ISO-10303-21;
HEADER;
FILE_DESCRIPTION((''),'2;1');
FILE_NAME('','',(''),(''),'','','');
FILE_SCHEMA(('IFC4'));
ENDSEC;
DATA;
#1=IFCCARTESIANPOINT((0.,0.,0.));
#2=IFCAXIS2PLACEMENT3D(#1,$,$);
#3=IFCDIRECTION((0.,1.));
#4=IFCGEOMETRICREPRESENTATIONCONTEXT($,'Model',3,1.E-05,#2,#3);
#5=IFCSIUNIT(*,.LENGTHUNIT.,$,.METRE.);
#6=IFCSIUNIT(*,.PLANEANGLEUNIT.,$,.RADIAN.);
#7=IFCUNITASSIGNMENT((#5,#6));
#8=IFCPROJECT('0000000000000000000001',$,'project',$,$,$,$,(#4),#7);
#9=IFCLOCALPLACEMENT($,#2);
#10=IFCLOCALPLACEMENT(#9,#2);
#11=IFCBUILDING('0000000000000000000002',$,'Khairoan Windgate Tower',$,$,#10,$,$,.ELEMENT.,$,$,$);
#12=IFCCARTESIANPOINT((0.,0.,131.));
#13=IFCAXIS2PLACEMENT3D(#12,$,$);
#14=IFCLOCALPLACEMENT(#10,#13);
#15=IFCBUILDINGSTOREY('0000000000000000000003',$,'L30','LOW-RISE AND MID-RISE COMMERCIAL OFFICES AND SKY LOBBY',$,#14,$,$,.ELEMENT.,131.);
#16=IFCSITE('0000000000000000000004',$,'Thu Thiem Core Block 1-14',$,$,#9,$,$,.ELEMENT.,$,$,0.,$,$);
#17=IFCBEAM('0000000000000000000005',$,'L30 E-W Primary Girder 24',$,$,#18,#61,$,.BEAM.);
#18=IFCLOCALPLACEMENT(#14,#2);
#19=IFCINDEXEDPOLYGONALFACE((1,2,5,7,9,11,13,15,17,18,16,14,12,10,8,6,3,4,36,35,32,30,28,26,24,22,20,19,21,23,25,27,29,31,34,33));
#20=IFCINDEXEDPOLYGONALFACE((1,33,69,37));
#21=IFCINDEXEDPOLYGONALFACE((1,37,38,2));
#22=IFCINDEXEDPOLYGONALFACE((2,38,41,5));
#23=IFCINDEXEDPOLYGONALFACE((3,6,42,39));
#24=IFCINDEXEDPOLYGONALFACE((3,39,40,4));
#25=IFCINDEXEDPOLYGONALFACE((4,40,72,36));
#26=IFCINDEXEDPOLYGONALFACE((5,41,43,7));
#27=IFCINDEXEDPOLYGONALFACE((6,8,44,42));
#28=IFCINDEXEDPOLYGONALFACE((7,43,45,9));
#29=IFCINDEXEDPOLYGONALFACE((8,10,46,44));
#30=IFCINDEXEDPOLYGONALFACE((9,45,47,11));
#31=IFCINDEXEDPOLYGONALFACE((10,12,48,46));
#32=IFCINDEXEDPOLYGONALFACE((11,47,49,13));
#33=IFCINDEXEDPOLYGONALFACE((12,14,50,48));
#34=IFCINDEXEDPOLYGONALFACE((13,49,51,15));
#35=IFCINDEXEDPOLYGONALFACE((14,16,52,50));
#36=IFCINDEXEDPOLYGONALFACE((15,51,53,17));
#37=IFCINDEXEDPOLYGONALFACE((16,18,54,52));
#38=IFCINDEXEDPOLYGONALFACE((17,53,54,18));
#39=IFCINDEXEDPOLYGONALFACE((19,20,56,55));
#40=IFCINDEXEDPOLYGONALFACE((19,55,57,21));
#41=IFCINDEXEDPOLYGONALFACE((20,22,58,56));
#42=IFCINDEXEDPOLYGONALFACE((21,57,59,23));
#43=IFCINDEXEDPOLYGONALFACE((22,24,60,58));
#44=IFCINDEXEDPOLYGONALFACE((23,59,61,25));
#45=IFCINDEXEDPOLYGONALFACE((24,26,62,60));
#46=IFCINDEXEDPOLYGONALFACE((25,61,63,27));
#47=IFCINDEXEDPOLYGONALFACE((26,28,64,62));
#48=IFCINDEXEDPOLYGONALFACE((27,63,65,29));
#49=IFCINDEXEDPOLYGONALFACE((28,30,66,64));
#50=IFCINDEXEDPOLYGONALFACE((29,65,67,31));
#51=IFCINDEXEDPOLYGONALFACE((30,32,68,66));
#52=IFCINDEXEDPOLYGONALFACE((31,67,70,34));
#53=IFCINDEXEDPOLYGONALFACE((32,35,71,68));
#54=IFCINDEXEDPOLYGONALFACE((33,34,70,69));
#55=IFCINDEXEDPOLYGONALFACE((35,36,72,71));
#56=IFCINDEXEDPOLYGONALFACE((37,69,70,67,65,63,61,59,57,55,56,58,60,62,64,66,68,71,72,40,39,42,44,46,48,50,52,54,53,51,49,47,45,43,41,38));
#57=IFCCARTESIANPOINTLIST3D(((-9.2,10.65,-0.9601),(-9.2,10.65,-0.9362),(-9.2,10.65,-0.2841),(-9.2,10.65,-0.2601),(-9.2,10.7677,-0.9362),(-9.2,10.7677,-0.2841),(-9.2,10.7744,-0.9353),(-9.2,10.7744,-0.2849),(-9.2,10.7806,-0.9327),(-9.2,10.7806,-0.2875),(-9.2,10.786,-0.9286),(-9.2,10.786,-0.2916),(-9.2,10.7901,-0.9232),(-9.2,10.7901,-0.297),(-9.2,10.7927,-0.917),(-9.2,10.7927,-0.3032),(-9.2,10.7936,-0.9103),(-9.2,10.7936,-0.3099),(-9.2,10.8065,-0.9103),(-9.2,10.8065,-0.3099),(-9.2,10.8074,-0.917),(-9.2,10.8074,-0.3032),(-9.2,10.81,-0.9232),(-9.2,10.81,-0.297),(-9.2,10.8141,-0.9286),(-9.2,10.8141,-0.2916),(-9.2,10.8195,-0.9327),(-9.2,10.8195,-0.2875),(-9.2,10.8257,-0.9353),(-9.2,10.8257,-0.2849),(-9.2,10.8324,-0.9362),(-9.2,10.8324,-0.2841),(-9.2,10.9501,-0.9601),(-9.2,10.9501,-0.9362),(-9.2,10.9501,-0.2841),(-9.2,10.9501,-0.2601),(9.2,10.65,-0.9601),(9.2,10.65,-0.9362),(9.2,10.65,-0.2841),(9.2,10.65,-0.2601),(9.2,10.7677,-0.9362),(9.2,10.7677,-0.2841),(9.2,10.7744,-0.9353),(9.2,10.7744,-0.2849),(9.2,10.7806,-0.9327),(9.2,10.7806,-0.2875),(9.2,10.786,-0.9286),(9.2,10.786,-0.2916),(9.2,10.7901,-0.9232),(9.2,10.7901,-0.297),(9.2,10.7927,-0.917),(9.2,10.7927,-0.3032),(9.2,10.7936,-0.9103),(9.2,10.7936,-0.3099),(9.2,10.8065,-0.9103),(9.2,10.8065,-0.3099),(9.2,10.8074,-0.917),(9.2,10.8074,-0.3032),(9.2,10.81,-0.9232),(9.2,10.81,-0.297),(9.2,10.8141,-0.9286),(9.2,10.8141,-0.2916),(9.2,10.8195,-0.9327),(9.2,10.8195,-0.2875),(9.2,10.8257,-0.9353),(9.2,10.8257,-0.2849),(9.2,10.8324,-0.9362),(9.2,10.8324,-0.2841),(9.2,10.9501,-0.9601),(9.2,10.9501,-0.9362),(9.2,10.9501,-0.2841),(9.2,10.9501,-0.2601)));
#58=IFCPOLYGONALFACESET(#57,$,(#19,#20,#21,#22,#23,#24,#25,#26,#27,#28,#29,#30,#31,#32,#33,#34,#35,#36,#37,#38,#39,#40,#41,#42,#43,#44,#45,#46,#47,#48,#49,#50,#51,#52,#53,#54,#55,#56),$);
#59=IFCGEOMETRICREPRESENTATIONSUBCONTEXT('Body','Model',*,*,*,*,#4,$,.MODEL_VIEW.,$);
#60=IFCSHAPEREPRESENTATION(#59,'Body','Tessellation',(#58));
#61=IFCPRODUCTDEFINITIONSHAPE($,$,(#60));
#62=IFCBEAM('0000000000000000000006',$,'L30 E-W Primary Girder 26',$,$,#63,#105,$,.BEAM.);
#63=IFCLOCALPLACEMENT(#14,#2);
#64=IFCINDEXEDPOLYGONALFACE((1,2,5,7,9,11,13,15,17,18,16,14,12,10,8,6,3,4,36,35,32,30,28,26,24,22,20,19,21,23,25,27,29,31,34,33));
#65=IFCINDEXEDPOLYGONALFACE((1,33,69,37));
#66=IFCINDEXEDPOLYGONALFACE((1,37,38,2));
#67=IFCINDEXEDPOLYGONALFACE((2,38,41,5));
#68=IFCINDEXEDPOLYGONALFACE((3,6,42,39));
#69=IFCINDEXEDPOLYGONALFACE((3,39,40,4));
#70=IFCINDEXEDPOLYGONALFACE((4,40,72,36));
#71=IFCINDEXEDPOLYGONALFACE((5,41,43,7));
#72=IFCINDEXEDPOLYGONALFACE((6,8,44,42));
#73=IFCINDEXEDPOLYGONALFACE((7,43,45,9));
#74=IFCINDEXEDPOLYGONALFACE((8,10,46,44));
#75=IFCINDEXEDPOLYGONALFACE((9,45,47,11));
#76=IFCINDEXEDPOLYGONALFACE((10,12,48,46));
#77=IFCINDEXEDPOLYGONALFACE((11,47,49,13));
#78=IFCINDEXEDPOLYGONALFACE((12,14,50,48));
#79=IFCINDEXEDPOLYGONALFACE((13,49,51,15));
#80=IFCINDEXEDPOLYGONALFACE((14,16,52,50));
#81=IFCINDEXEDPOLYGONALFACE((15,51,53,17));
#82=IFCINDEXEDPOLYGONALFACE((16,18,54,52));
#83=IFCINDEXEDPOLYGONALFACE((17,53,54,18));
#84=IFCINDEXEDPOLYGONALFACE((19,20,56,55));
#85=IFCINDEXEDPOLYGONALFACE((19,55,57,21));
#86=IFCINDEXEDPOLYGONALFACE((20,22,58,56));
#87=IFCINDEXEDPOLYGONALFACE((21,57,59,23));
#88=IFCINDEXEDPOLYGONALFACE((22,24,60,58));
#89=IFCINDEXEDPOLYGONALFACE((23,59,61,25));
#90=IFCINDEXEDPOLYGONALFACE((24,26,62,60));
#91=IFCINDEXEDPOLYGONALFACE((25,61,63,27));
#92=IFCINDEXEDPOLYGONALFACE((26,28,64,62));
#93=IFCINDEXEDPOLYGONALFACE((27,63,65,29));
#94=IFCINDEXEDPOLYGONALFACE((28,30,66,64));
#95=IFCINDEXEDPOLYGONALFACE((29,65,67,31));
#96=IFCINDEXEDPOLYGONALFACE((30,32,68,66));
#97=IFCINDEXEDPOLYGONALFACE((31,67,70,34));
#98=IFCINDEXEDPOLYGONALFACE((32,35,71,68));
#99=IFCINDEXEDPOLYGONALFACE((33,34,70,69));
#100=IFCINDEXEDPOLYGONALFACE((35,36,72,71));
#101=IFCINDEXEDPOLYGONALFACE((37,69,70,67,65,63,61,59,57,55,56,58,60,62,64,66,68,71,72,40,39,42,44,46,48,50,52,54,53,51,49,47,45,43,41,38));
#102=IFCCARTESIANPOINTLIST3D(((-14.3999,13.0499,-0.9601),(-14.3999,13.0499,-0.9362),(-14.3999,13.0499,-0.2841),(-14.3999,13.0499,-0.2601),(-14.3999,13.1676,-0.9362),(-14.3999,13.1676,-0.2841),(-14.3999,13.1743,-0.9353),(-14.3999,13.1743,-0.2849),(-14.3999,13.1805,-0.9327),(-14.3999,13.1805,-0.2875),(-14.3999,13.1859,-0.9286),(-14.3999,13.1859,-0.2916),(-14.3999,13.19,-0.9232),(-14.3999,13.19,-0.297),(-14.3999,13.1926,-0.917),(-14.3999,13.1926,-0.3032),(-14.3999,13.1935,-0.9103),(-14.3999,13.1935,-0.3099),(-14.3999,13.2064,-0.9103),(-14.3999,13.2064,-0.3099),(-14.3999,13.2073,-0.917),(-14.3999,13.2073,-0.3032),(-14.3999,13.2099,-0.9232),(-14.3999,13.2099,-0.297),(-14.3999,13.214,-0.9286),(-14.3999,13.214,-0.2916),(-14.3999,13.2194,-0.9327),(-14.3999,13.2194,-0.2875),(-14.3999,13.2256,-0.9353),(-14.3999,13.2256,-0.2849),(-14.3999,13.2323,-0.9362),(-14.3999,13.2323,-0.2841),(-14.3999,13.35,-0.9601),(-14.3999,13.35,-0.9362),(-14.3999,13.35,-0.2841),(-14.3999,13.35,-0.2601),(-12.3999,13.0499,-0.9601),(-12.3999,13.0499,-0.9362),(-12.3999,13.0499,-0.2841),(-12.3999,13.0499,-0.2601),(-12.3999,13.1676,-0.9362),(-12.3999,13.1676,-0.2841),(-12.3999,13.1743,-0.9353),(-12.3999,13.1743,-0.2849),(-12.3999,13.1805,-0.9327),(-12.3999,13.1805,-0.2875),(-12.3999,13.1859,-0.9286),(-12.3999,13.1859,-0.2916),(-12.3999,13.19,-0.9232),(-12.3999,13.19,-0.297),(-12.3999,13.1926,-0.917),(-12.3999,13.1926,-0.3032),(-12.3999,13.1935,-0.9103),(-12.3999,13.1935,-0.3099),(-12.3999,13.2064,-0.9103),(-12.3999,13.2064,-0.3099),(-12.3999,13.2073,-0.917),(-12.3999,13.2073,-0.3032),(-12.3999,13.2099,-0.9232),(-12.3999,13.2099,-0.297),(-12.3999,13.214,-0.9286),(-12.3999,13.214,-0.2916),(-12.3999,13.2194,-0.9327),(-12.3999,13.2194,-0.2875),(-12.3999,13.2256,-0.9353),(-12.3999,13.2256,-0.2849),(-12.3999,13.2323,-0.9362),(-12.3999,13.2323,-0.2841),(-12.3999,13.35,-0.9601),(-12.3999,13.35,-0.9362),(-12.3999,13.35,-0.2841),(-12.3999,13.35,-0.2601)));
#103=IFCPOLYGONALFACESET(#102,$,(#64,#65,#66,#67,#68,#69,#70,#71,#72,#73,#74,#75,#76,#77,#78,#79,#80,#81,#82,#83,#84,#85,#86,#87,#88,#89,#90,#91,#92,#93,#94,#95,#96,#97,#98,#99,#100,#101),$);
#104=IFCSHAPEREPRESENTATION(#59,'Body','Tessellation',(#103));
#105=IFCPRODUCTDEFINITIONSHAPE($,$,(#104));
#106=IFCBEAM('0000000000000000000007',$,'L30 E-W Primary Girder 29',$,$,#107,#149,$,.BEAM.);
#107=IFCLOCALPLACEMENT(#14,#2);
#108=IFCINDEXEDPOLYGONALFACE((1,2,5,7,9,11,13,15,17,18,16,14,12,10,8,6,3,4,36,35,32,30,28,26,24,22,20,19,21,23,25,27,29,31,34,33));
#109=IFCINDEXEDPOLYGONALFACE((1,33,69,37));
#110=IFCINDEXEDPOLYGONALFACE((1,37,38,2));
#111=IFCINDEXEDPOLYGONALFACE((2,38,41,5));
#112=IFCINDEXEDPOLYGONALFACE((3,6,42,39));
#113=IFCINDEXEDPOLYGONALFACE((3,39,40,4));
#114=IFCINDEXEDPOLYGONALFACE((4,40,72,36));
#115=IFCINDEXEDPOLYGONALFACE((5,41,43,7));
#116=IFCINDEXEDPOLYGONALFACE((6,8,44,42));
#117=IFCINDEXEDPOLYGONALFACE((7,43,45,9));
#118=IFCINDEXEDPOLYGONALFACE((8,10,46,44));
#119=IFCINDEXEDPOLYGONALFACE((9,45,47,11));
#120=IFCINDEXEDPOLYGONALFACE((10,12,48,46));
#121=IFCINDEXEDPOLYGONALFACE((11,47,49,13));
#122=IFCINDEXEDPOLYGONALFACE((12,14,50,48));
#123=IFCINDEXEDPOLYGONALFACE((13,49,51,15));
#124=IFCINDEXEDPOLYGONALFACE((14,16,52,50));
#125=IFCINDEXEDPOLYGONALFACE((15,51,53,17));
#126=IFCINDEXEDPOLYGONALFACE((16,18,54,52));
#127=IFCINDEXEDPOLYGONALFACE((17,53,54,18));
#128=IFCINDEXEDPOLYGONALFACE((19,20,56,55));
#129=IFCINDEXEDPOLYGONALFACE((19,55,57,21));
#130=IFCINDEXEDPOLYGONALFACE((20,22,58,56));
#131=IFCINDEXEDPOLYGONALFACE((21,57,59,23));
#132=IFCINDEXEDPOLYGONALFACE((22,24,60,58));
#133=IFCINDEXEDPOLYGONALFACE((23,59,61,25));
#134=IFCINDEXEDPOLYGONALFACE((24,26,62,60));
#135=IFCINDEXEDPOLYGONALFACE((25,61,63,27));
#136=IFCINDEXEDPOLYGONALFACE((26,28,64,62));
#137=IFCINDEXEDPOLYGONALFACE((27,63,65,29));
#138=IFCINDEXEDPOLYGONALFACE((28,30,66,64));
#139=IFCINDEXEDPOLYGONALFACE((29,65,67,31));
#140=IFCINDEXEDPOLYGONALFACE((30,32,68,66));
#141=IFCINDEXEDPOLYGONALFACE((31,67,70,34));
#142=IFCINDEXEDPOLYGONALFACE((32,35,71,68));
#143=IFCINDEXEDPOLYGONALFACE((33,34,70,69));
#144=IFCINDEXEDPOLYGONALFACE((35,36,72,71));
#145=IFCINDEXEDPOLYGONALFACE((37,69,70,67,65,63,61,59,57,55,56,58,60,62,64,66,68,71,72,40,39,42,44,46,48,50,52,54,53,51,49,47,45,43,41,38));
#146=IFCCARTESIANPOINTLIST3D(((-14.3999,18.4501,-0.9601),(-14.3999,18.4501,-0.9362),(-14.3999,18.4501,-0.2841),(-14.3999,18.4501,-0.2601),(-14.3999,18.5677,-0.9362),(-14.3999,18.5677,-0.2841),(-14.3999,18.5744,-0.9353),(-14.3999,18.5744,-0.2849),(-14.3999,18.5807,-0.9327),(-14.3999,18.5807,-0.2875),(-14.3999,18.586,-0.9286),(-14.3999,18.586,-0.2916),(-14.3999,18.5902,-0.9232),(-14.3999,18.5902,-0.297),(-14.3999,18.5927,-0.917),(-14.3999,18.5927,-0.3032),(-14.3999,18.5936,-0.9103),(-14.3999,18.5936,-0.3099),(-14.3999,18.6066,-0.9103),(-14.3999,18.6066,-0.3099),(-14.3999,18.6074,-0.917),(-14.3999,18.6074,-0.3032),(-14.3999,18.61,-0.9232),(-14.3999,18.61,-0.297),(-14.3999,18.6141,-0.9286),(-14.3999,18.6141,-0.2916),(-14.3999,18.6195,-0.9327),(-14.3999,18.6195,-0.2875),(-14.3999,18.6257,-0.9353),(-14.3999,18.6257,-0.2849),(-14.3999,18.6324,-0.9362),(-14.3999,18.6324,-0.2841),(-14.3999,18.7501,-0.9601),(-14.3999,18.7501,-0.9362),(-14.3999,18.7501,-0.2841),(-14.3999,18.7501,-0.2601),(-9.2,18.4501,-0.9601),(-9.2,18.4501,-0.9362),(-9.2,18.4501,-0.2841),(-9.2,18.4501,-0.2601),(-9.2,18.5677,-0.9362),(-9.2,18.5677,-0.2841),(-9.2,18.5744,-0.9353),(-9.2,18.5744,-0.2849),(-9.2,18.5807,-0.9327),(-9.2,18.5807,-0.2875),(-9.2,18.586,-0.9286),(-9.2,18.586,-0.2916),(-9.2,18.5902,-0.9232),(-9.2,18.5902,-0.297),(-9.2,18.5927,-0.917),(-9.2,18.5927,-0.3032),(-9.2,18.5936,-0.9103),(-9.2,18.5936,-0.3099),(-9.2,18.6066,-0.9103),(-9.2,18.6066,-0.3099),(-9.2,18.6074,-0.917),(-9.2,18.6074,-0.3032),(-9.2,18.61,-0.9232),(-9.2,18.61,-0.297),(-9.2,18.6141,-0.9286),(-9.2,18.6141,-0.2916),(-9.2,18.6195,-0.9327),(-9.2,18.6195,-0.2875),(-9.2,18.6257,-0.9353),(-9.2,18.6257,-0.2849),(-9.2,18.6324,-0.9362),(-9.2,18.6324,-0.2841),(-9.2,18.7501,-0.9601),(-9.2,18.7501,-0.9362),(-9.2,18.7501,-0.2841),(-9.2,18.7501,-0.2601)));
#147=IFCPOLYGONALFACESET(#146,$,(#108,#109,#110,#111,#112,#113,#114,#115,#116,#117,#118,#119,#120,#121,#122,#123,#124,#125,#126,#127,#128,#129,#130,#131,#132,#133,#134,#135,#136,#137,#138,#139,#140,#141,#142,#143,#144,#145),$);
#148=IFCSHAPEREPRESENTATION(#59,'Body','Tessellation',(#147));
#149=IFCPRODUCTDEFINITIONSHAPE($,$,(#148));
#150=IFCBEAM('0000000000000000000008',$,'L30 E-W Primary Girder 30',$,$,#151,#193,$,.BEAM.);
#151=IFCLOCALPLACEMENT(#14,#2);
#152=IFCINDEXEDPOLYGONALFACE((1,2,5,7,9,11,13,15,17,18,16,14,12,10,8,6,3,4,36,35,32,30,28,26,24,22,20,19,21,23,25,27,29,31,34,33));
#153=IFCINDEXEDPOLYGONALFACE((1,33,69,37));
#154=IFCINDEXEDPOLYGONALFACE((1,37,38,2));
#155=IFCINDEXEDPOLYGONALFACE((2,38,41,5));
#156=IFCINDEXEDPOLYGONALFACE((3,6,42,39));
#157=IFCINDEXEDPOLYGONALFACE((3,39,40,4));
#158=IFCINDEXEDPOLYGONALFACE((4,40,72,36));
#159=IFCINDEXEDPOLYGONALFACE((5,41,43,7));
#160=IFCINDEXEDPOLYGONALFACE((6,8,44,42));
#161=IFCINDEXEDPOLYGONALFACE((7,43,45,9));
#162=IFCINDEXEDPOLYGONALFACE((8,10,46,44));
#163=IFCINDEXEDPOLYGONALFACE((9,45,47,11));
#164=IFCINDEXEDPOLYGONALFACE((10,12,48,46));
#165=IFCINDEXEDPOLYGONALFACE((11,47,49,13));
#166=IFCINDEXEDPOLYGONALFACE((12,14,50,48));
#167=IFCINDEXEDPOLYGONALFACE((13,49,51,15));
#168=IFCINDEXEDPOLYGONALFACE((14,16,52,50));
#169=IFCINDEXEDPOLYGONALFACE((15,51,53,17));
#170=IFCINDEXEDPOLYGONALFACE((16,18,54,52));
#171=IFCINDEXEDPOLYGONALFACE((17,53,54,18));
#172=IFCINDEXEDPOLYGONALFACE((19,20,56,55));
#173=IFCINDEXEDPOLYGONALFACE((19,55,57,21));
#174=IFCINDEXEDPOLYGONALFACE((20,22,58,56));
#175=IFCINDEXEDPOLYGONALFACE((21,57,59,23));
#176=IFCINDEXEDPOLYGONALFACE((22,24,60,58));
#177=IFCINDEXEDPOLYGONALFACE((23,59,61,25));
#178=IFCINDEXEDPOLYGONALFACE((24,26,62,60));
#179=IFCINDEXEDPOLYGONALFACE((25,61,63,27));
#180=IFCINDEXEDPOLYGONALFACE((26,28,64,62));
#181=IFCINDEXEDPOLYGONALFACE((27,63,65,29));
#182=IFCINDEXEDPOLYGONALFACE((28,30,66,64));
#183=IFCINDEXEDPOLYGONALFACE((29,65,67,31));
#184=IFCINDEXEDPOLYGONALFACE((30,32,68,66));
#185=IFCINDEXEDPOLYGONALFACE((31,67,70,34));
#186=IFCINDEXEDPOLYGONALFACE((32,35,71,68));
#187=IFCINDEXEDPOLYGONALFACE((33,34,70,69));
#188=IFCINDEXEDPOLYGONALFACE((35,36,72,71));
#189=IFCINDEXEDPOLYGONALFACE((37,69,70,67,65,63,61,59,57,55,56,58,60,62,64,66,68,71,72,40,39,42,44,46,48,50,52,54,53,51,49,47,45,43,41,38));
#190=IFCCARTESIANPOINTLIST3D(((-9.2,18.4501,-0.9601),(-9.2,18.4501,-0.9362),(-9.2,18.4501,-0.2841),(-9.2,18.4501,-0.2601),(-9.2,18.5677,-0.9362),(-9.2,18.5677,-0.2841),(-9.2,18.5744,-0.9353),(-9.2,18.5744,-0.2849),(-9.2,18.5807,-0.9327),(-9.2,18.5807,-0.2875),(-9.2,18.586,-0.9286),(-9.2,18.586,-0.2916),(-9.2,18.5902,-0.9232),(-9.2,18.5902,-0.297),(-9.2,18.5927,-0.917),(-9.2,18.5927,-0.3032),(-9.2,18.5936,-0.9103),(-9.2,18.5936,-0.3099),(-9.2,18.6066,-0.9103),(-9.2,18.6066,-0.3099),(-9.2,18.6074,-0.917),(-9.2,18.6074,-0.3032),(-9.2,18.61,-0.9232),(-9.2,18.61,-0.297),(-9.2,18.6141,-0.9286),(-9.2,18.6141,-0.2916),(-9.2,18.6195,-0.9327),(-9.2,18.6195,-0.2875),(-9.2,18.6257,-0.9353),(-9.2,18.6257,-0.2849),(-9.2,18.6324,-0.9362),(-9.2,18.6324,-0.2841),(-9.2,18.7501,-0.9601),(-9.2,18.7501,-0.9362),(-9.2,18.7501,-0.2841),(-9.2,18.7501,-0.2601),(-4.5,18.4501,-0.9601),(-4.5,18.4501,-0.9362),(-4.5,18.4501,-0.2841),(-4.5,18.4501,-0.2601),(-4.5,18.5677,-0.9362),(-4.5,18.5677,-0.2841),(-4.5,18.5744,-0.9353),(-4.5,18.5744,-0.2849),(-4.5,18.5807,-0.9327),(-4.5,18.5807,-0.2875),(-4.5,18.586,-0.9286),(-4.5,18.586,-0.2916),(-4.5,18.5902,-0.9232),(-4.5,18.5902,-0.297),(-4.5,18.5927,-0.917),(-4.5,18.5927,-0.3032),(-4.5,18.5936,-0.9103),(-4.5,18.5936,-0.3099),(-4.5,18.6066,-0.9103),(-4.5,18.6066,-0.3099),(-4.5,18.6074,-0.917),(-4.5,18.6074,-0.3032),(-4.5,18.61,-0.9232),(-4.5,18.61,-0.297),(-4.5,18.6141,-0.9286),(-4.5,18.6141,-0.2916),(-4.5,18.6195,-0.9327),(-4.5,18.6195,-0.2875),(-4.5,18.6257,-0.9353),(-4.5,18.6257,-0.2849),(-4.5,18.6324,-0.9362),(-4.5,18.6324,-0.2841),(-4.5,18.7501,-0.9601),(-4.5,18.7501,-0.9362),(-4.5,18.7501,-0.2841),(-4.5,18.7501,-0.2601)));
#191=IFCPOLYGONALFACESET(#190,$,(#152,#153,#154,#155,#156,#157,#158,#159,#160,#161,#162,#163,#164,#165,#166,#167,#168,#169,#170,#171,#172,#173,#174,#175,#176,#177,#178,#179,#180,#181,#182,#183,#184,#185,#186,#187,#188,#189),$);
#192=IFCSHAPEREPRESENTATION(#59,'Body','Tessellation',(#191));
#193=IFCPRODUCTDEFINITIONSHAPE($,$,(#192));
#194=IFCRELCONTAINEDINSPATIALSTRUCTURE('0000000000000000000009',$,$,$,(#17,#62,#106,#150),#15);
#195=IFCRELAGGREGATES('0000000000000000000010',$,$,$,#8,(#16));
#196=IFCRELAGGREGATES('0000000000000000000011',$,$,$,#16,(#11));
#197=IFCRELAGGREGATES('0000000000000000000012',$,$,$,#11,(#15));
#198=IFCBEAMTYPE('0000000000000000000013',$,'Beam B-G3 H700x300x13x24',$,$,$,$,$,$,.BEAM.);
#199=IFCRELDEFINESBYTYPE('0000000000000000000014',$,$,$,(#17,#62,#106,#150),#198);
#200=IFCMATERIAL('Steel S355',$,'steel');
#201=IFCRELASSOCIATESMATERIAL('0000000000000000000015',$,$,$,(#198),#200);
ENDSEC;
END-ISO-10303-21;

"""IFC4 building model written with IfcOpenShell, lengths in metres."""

from ifc_helpers import new_model, si_unit, direction, frame, origin, origin_2d, place, context, subcontext, project, spatial, i_section, extrude, material, material_profile, profile_set, type_object, element, save


model = new_model("IFC4")

# Units and contexts
model_context = context("Model", 3, precision=1e-05, world=origin(), true_north=direction((0.0, 1.0)))
body_context = subcontext(model_context, "Body", "Model", "MODEL_VIEW")
ifc_project = project(units=[si_unit("LENGTHUNIT", "METRE"), si_unit("PLANEANGLEUNIT", "RADIAN")], contexts=[model_context])

# Site, building, storey
site_placement = place(None, origin())
site = spatial("IfcSite", under=ifc_project, at=site_placement, Name="Thu Thiem Core Block 1-14", CompositionType="ELEMENT", RefElevation=0.0)
building_placement = place(site_placement, origin())
building = spatial("IfcBuilding", under=site, at=building_placement, Name="Khairoan Windgate Tower", CompositionType="ELEMENT")
storey_placement = place(building_placement, frame((0.0, 0.0, 131.0)))
storey = spatial("IfcBuildingStorey", under=building, at=storey_placement, Name="L30", Description="LOW-RISE AND MID-RISE COMMERCIAL OFFICES AND SKY LOBBY", CompositionType="ELEMENT", Elevation=131.0)

# Beams
ifc_material_1 = material(Name="Steel S355", Category="steel")
ifc_material_profile_1 = material_profile(ifc_material_1, i_section(OverallWidth=0.3, OverallDepth=0.7, WebThickness=0.0129, FlangeThickness=0.0239, FilletRadius=0.0259, at=origin_2d()))
ifc_profile_set_1 = profile_set([ifc_material_profile_1], Name="Steel S355")
beam_type = type_object("IfcBeamType", Name="Beam B-G3 H700x300x13x24", PredefinedType="BEAM", material=ifc_profile_set_1)
beam_1_placement = place(storey_placement, frame((-9.2, 10.8, -0.6101), z_axis=(1.0, 0.0, 0.0), x_axis=(0.0, 1.0, 0.0)))
element("IfcBeam", 1, at=beam_1_placement, inside=storey, type_object=beam_type, Name="L30 E-W Primary Girder 24", PredefinedType="BEAM", context=body_context, shape_type="SweptSolid", body=[
    extrude(i_section(OverallWidth=0.3, OverallDepth=0.7, WebThickness=0.0129, FlangeThickness=0.0239, FilletRadius=0.0259, at=origin_2d()), origin(), (0.0, 0.0, 1.0), 18.3999),
])
beam_2_placement = place(storey_placement, frame((-14.3999, 13.2, -0.6101), z_axis=(1.0, 0.0, 0.0), x_axis=(0.0, 1.0, 0.0)))
element("IfcBeam", 2, at=beam_2_placement, inside=storey, type_object=beam_type, Name="L30 E-W Primary Girder 26", PredefinedType="BEAM", context=body_context, shape_type="SweptSolid", body=[
    extrude(i_section(OverallWidth=0.3, OverallDepth=0.7, WebThickness=0.0129, FlangeThickness=0.0239, FilletRadius=0.0259, at=origin_2d()), origin(), (0.0, 0.0, 1.0), 2.0),
])
beam_3_placement = place(storey_placement, frame((-14.3999, 18.6001, -0.6101), z_axis=(1.0, 0.0, 0.0), x_axis=(0.0, 1.0, 0.0)))
element("IfcBeam", 3, at=beam_3_placement, inside=storey, type_object=beam_type, Name="L30 E-W Primary Girder 29", PredefinedType="BEAM", context=body_context, shape_type="SweptSolid", body=[
    extrude(i_section(OverallWidth=0.3, OverallDepth=0.7, WebThickness=0.0129, FlangeThickness=0.0239, FilletRadius=0.0259, at=origin_2d()), origin(), (0.0, 0.0, 1.0), 5.2),
])
beam_4_placement = place(storey_placement, frame((-9.2, 18.6001, -0.6101), z_axis=(1.0, 0.0, 0.0), x_axis=(0.0, 1.0, 0.0)))
element("IfcBeam", 4, at=beam_4_placement, inside=storey, type_object=beam_type, Name="L30 E-W Primary Girder 30", PredefinedType="BEAM", context=body_context, shape_type="SweptSolid", body=[
    extrude(i_section(OverallWidth=0.3, OverallDepth=0.7, WebThickness=0.0129, FlangeThickness=0.0239, FilletRadius=0.0259, at=origin_2d()), origin(), (0.0, 0.0, 1.0), 4.7),
])

save(model, "model.ifc")
